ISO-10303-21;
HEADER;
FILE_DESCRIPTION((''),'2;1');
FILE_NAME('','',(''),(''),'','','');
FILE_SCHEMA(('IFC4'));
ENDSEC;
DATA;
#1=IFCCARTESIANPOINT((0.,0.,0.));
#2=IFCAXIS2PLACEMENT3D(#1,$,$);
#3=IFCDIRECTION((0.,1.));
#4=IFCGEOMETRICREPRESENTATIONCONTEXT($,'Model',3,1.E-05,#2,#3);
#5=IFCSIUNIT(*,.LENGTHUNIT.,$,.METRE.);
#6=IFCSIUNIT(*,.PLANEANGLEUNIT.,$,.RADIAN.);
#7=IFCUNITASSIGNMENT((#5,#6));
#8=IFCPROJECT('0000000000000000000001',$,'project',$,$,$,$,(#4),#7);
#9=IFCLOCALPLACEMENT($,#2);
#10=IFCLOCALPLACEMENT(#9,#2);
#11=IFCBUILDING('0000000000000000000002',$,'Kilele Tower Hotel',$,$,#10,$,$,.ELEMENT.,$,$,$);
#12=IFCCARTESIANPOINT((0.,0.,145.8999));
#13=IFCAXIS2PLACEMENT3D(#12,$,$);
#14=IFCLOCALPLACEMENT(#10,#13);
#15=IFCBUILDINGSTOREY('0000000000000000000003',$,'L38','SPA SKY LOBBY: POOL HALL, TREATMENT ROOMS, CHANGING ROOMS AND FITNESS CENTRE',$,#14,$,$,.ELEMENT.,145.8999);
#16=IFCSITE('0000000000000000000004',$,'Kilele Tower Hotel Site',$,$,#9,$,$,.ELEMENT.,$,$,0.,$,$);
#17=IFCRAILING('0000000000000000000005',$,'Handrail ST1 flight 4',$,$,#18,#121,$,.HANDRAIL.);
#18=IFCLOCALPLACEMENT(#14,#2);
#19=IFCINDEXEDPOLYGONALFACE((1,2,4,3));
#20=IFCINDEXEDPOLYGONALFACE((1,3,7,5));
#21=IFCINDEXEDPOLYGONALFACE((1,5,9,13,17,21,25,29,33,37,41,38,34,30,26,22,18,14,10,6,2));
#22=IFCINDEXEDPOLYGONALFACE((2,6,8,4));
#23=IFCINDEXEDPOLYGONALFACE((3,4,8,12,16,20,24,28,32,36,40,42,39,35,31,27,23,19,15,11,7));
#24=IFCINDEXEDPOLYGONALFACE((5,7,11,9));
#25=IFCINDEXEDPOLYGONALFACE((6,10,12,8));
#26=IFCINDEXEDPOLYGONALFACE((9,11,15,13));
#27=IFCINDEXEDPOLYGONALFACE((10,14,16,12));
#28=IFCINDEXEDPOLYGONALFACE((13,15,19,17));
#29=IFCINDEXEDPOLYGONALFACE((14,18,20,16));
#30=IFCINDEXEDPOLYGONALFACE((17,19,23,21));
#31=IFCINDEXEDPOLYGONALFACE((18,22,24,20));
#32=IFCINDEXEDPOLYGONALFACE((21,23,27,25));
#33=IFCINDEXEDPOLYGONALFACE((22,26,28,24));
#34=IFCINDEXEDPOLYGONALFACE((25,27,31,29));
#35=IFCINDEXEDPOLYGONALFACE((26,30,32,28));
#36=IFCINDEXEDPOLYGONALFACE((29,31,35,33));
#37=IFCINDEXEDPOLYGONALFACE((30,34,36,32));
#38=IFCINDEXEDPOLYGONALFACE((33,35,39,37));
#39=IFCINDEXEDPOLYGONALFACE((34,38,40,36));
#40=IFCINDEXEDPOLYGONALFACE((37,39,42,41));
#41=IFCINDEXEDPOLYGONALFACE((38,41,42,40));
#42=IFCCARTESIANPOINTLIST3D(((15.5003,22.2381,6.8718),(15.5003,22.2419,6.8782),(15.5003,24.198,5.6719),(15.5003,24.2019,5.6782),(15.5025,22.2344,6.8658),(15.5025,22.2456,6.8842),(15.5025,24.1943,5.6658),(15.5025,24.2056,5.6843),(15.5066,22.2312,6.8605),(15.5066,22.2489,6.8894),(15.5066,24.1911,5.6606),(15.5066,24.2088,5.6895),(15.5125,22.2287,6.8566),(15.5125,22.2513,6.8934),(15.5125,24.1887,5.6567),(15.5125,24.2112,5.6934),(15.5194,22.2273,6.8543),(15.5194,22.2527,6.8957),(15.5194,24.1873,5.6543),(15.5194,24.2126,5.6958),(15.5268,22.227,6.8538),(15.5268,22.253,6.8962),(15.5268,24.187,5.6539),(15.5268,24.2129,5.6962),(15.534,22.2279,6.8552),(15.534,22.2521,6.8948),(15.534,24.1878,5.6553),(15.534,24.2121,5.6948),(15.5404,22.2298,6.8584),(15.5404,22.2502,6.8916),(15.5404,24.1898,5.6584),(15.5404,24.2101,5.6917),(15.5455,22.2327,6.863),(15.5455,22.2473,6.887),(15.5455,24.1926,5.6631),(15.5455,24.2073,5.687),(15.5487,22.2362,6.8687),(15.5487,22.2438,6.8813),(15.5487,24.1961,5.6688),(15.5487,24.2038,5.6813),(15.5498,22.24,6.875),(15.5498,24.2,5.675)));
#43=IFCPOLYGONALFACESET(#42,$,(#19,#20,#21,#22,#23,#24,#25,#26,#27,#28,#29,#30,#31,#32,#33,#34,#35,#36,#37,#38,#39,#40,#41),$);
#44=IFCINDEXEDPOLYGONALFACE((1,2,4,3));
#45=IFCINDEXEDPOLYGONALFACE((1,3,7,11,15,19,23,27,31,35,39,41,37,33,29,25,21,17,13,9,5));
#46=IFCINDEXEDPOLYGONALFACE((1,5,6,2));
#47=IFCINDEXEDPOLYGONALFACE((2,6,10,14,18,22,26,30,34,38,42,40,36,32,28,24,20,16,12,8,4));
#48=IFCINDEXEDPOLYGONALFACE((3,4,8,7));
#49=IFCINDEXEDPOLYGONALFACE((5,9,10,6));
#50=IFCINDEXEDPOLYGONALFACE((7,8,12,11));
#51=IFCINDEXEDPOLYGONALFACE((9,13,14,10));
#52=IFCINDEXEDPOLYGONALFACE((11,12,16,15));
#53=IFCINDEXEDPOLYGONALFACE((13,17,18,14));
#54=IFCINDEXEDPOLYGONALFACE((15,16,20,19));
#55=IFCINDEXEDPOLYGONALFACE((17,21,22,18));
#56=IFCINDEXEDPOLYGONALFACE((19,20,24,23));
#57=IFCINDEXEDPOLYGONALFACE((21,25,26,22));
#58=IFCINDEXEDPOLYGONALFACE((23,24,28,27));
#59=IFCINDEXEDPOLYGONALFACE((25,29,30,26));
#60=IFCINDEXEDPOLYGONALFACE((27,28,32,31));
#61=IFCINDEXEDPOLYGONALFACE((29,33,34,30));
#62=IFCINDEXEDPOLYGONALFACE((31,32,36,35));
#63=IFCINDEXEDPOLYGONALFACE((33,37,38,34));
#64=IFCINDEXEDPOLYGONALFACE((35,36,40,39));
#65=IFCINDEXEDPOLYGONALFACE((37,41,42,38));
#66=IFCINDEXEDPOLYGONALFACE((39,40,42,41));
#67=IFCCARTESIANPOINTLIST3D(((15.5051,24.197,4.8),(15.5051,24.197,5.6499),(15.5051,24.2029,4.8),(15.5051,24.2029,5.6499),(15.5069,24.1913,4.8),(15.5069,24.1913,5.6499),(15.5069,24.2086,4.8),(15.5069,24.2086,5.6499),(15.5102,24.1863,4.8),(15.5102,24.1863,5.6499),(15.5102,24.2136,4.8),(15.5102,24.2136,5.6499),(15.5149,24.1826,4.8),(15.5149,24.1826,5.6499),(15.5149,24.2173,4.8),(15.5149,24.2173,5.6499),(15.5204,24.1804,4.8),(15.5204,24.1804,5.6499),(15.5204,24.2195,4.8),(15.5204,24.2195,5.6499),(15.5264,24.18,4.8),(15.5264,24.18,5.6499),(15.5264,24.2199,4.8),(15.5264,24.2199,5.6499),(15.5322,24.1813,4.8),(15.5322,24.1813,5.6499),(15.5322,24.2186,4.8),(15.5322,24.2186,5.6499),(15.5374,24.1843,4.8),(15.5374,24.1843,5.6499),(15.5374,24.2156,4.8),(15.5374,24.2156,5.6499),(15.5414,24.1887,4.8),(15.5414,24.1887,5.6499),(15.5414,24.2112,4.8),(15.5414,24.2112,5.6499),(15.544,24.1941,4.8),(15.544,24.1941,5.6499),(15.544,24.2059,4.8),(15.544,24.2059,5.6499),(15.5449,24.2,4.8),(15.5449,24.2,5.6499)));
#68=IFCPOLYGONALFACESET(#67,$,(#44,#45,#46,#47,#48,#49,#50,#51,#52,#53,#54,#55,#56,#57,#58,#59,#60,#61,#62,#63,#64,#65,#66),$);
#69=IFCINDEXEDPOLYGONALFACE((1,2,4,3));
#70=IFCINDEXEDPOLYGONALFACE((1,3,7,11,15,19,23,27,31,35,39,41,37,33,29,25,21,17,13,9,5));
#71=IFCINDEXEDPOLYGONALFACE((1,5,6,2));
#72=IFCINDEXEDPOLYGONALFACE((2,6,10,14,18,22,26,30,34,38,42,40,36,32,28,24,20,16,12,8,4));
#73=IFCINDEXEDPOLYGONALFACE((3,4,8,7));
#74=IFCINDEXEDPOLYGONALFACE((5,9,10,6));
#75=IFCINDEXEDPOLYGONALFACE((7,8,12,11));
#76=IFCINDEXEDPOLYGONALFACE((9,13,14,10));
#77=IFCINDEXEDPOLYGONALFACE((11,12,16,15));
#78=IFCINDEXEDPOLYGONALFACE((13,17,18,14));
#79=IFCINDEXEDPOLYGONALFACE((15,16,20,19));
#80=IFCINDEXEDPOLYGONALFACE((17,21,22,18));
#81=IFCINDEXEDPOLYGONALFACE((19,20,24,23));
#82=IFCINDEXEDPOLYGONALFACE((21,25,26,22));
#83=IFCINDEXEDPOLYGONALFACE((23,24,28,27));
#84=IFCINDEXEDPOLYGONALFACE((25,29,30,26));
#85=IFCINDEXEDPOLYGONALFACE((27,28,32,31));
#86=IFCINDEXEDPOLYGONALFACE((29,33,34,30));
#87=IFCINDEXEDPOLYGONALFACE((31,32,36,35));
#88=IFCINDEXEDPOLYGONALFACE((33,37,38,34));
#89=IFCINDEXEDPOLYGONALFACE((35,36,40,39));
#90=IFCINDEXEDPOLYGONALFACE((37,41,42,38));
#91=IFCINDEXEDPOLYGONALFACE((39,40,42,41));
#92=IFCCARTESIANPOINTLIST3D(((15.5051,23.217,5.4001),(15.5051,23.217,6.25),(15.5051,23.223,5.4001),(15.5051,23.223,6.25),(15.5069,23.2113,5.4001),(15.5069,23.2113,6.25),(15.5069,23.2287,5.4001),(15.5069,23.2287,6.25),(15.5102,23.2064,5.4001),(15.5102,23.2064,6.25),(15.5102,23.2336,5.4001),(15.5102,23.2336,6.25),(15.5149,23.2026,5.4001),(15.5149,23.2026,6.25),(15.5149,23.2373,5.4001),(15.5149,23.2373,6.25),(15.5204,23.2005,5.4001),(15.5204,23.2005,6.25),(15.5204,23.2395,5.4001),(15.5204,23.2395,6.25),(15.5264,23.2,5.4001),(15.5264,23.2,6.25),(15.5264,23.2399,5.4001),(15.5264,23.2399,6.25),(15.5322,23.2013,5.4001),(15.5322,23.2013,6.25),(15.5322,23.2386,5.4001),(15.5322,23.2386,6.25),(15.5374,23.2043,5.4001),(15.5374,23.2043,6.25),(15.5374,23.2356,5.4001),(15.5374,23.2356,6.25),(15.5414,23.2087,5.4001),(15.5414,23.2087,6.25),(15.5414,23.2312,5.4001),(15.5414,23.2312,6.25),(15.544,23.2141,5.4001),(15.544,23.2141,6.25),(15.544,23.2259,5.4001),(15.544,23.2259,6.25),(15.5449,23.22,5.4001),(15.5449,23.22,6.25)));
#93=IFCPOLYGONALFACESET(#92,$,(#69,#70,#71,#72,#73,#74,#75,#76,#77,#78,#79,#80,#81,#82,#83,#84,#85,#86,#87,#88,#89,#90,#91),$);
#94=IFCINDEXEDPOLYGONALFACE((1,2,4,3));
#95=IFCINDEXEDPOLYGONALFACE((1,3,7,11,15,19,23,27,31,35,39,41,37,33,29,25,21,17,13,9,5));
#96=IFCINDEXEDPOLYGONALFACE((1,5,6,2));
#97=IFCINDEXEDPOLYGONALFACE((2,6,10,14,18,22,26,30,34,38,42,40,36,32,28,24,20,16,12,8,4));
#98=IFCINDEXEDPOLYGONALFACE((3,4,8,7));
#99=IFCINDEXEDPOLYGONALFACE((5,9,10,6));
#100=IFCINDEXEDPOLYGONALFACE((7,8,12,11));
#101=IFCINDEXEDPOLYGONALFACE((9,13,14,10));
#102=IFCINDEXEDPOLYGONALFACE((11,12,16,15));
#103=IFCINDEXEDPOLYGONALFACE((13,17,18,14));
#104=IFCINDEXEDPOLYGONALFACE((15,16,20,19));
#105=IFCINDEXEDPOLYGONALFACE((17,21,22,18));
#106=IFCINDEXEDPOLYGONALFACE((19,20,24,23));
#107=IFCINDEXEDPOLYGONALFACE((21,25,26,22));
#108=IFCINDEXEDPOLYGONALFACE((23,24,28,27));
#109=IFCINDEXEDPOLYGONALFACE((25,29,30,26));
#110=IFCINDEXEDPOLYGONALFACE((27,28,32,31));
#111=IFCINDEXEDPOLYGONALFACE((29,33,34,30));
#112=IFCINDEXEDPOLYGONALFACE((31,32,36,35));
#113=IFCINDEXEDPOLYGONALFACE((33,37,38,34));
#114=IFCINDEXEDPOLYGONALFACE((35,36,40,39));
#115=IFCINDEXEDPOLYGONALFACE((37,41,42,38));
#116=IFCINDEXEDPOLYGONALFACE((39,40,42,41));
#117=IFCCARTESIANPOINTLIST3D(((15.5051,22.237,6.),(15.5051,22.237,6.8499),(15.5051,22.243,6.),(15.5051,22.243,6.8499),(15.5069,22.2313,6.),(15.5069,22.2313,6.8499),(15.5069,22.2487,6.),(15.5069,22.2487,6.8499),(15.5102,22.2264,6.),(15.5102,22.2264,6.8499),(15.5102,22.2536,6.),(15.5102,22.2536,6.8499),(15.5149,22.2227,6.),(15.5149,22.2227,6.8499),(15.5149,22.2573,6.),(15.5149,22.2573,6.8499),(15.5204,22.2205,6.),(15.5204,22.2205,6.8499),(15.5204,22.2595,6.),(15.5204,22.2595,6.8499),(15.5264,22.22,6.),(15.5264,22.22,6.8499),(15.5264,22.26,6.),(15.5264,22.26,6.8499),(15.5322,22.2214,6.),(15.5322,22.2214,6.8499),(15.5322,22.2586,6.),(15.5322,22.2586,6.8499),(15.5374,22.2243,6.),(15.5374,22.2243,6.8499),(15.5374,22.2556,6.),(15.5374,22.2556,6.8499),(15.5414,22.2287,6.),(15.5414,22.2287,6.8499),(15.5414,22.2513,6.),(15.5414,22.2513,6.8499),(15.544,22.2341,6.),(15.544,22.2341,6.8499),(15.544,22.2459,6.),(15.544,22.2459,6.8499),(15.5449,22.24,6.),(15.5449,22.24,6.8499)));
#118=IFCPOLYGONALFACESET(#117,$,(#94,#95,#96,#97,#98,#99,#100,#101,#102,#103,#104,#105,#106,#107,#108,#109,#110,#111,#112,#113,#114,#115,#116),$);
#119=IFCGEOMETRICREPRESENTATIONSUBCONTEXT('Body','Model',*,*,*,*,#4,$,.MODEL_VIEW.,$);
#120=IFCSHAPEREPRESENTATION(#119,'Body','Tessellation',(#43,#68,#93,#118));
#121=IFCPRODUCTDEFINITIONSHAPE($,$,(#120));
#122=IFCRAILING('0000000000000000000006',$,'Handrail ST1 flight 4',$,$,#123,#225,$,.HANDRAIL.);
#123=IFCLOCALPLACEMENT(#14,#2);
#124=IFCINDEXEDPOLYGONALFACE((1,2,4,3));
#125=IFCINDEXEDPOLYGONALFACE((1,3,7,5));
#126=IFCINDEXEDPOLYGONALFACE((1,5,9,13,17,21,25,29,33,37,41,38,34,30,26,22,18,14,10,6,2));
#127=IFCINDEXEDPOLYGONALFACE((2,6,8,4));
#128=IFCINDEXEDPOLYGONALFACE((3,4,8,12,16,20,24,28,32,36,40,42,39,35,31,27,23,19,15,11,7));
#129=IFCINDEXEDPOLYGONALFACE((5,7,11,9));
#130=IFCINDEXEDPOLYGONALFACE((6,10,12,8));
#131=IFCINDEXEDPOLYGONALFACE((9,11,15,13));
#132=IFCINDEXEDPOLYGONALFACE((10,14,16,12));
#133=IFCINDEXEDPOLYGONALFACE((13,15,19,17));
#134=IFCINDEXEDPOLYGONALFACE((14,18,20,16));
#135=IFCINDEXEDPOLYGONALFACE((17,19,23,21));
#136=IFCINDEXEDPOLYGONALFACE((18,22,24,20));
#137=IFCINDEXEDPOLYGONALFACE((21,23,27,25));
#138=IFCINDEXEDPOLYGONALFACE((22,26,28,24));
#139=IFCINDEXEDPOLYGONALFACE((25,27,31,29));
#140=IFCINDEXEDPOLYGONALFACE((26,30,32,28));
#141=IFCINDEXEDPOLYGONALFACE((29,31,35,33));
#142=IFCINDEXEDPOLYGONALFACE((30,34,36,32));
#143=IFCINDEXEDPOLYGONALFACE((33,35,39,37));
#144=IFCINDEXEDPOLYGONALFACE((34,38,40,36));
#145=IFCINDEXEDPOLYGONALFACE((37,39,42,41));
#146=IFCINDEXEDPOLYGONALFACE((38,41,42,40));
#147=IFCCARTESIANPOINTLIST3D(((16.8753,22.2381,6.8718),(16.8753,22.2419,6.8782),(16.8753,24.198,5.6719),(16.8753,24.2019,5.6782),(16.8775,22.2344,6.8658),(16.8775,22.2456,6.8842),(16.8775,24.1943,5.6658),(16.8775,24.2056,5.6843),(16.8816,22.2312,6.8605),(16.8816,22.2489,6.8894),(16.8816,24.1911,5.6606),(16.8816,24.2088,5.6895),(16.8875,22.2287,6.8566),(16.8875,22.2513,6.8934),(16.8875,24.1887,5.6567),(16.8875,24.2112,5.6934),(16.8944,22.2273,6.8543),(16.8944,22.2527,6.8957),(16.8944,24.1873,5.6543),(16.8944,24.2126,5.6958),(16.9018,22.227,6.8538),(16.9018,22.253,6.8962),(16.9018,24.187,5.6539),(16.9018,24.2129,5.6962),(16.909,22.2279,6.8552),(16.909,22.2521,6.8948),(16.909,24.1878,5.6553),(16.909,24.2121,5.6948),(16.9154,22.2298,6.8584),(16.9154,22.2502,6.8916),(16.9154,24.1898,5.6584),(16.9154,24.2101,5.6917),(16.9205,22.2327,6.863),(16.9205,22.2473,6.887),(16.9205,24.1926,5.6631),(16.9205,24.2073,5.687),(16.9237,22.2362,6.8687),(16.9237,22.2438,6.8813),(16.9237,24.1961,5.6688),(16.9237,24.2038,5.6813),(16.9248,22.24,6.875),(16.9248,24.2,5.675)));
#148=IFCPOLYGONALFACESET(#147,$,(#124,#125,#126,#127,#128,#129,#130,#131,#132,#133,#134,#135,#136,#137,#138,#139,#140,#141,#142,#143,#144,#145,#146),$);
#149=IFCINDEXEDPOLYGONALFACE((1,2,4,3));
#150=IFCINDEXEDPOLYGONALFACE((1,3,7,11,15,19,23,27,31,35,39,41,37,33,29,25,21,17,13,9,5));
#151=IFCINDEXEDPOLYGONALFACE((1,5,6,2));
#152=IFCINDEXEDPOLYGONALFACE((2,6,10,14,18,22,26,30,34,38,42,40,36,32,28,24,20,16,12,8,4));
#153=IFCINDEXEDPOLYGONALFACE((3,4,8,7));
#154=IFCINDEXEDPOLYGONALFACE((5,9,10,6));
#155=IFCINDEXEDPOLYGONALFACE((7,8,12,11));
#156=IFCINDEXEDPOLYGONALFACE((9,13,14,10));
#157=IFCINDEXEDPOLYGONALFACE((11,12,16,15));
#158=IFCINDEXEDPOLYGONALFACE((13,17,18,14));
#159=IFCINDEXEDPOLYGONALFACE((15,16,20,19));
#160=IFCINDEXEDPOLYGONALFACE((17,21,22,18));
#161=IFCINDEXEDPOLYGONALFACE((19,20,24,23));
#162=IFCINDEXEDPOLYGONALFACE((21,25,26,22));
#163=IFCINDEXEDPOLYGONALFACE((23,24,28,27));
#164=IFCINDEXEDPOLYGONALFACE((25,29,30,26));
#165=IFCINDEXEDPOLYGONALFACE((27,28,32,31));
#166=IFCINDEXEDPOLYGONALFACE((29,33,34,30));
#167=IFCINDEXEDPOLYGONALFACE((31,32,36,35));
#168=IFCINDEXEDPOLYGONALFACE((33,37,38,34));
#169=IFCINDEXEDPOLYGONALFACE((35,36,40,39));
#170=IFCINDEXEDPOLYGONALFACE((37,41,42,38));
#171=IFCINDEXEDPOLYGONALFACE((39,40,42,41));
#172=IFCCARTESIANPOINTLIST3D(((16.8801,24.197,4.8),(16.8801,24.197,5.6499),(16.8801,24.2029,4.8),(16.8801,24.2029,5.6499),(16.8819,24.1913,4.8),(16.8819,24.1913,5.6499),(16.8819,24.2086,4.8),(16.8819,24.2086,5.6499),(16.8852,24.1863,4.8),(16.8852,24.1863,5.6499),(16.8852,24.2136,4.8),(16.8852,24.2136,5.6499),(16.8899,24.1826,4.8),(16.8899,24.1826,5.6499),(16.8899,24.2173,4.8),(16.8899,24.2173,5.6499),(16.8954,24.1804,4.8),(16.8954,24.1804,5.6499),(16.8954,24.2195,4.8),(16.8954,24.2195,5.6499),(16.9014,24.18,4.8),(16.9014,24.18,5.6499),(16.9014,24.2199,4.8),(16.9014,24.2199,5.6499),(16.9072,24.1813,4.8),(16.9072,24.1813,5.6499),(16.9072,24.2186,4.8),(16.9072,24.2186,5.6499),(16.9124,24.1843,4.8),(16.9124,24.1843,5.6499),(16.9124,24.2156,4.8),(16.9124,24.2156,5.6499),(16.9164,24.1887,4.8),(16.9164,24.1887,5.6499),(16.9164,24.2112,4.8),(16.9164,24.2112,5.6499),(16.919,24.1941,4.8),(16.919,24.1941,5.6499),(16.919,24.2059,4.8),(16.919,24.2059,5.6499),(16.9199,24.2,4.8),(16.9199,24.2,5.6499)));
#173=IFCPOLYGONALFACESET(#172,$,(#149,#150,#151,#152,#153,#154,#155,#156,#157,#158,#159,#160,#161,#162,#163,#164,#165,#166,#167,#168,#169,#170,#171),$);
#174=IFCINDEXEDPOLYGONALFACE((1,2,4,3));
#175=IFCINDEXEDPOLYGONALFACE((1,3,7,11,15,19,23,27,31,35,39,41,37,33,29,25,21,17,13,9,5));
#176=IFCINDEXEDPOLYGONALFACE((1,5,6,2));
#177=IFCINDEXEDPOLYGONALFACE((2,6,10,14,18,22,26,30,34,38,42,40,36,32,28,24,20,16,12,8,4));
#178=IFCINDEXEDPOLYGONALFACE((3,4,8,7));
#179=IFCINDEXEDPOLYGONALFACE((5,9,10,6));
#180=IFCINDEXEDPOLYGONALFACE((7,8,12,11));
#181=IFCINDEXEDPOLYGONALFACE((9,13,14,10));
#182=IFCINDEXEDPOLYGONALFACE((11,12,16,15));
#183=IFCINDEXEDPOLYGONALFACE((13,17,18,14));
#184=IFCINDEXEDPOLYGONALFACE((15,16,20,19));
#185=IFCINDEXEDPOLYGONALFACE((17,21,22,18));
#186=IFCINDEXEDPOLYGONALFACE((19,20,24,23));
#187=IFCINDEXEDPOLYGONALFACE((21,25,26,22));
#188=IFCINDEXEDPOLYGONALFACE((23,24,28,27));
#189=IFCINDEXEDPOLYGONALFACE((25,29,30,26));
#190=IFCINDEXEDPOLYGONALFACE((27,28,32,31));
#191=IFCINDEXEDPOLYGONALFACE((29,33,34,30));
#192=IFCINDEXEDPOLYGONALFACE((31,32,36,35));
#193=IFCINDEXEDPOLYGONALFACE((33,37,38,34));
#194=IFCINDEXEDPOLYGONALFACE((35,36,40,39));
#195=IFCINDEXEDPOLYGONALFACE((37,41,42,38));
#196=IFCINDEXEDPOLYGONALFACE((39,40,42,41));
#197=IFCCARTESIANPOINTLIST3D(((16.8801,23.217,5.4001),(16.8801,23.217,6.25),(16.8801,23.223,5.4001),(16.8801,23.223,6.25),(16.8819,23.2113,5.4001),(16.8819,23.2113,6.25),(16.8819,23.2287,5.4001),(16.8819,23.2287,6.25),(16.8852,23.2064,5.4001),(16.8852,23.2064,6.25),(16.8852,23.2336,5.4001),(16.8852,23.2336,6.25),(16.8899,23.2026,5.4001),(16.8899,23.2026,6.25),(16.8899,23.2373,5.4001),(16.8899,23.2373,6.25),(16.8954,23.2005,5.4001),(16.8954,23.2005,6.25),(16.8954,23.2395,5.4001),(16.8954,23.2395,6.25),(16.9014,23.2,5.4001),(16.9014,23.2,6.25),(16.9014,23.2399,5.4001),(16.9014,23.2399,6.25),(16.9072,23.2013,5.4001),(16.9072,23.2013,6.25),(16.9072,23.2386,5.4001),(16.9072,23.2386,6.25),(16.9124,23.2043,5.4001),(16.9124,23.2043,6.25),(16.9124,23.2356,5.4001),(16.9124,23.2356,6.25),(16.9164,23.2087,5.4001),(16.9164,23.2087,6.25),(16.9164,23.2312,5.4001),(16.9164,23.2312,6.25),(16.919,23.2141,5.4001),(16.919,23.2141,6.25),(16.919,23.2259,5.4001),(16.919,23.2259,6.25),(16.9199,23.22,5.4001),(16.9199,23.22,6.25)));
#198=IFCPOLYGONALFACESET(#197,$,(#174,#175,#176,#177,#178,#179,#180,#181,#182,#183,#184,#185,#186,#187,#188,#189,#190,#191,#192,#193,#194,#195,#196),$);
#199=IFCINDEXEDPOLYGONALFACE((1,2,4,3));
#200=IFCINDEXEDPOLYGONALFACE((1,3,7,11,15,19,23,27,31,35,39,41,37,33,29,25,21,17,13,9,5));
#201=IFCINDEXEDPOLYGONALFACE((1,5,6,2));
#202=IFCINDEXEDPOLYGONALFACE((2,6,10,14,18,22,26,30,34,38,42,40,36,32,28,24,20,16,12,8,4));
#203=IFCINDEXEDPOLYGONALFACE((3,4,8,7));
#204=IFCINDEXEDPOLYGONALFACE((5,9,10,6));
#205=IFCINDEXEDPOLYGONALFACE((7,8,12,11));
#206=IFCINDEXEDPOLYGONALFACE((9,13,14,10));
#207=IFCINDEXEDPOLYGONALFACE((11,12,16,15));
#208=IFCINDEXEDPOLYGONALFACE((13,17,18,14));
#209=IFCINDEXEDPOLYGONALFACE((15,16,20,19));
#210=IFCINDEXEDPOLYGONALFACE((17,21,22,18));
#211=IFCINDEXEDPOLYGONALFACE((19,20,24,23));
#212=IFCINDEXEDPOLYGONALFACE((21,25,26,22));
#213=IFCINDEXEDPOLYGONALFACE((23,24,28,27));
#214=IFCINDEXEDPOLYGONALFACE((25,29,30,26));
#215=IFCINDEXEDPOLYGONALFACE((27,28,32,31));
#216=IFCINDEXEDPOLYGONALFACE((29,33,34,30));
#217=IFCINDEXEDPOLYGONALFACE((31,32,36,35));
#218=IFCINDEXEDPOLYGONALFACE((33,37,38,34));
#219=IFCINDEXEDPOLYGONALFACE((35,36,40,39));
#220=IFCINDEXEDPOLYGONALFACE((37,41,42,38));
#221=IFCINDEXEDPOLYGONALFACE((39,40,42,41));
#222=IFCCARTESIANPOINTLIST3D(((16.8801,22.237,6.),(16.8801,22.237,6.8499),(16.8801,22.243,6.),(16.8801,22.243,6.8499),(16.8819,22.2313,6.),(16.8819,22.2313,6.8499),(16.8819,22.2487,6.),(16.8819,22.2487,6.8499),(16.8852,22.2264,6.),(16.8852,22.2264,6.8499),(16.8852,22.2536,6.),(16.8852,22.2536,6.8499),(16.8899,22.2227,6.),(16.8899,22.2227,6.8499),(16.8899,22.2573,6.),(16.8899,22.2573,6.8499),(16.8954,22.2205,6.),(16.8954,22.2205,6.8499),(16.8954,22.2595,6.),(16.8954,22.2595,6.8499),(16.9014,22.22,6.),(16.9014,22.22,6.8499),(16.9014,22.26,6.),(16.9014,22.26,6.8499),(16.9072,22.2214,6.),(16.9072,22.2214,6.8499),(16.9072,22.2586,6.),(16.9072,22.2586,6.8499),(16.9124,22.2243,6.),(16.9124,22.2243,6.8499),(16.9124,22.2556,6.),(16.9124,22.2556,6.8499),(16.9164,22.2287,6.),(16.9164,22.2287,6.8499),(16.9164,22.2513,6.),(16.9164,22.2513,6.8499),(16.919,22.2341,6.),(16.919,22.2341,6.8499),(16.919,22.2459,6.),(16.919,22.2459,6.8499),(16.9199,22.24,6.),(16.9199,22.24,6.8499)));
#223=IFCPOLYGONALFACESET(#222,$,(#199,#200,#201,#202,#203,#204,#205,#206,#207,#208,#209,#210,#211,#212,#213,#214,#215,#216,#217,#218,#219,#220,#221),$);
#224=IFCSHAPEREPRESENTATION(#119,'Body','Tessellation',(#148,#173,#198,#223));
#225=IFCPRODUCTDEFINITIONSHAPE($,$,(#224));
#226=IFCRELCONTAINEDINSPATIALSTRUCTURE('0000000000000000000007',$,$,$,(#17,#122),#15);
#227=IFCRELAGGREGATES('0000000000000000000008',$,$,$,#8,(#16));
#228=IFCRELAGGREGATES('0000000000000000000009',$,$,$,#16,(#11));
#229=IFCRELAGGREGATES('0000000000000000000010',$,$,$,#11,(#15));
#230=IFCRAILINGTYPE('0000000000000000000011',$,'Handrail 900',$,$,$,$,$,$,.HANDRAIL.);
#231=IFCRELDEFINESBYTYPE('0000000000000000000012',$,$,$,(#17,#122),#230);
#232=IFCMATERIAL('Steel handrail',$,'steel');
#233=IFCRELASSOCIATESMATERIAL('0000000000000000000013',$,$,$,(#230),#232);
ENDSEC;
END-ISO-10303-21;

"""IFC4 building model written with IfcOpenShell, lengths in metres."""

from ifc_helpers import new_model, si_unit, direction, frame, origin, origin_2d, place, context, subcontext, project, spatial, circle, extrude, material, type_object, element, save


model = new_model("IFC4")

# Units and contexts
model_context = context("Model", 3, precision=1e-05, world=origin(), true_north=direction((0.0, 1.0)))
body_context = subcontext(model_context, "Body", "Model", "MODEL_VIEW")
ifc_project = project(units=[si_unit("LENGTHUNIT", "METRE"), si_unit("PLANEANGLEUNIT", "RADIAN")], contexts=[model_context])

# Site, building, storey
site_placement = place(None, origin())
site = spatial("IfcSite", under=ifc_project, at=site_placement, Name="Kilele Tower Hotel Site", CompositionType="ELEMENT", RefElevation=0.0)
building_placement = place(site_placement, origin())
building = spatial("IfcBuilding", under=site, at=building_placement, Name="Kilele Tower Hotel", CompositionType="ELEMENT")
storey_placement = place(building_placement, frame((0.0, 0.0, 145.8999)))
storey = spatial("IfcBuildingStorey", under=building, at=storey_placement, Name="L38", Description="SPA SKY LOBBY: POOL HALL, TREATMENT ROOMS, CHANGING ROOMS AND FITNESS CENTRE", CompositionType="ELEMENT", Elevation=145.8999)

# Railings
ifc_material_1 = material(Name="Steel handrail", Category="steel")
railing_type_1 = type_object("IfcRailingType", Name="Handrail 900", PredefinedType="HANDRAIL", material=ifc_material_1)
for number, where, name in (
    (1, (15.5249, 24.2, 4.8), "Handrail ST1 flight 4"),
    (2, (16.8999, 24.2, 4.8), "Handrail ST1 flight 4"),
):
    element("IfcRailing", number, at=place(storey_placement, frame(where)), inside=storey, type_object=railing_type_1, Name=name, PredefinedType="HANDRAIL", context=body_context, shape_type="SweptSolid", body=[
        extrude(circle(Radius=0.0249, at=origin_2d()), frame((0.0, 0.0, 0.875), z_axis=(0.0, -0.852856, 0.522146), x_axis=(1.0, 0.0, 0.0)), (0.0, 0.0, 1.0), 2.2981),
        extrude(circle(Radius=0.02, at=origin_2d()), origin(), (0.0, 0.0, 1.0), 0.8499),
        extrude(circle(Radius=0.02, at=origin_2d()), frame((0.0, -0.98, 0.6001)), (0.0, 0.0, 1.0), 0.8499),
        extrude(circle(Radius=0.02, at=origin_2d()), frame((0.0, -1.96, 1.2)), (0.0, 0.0, 1.0), 0.8499),
    ])

save(model, "model.ifc")
